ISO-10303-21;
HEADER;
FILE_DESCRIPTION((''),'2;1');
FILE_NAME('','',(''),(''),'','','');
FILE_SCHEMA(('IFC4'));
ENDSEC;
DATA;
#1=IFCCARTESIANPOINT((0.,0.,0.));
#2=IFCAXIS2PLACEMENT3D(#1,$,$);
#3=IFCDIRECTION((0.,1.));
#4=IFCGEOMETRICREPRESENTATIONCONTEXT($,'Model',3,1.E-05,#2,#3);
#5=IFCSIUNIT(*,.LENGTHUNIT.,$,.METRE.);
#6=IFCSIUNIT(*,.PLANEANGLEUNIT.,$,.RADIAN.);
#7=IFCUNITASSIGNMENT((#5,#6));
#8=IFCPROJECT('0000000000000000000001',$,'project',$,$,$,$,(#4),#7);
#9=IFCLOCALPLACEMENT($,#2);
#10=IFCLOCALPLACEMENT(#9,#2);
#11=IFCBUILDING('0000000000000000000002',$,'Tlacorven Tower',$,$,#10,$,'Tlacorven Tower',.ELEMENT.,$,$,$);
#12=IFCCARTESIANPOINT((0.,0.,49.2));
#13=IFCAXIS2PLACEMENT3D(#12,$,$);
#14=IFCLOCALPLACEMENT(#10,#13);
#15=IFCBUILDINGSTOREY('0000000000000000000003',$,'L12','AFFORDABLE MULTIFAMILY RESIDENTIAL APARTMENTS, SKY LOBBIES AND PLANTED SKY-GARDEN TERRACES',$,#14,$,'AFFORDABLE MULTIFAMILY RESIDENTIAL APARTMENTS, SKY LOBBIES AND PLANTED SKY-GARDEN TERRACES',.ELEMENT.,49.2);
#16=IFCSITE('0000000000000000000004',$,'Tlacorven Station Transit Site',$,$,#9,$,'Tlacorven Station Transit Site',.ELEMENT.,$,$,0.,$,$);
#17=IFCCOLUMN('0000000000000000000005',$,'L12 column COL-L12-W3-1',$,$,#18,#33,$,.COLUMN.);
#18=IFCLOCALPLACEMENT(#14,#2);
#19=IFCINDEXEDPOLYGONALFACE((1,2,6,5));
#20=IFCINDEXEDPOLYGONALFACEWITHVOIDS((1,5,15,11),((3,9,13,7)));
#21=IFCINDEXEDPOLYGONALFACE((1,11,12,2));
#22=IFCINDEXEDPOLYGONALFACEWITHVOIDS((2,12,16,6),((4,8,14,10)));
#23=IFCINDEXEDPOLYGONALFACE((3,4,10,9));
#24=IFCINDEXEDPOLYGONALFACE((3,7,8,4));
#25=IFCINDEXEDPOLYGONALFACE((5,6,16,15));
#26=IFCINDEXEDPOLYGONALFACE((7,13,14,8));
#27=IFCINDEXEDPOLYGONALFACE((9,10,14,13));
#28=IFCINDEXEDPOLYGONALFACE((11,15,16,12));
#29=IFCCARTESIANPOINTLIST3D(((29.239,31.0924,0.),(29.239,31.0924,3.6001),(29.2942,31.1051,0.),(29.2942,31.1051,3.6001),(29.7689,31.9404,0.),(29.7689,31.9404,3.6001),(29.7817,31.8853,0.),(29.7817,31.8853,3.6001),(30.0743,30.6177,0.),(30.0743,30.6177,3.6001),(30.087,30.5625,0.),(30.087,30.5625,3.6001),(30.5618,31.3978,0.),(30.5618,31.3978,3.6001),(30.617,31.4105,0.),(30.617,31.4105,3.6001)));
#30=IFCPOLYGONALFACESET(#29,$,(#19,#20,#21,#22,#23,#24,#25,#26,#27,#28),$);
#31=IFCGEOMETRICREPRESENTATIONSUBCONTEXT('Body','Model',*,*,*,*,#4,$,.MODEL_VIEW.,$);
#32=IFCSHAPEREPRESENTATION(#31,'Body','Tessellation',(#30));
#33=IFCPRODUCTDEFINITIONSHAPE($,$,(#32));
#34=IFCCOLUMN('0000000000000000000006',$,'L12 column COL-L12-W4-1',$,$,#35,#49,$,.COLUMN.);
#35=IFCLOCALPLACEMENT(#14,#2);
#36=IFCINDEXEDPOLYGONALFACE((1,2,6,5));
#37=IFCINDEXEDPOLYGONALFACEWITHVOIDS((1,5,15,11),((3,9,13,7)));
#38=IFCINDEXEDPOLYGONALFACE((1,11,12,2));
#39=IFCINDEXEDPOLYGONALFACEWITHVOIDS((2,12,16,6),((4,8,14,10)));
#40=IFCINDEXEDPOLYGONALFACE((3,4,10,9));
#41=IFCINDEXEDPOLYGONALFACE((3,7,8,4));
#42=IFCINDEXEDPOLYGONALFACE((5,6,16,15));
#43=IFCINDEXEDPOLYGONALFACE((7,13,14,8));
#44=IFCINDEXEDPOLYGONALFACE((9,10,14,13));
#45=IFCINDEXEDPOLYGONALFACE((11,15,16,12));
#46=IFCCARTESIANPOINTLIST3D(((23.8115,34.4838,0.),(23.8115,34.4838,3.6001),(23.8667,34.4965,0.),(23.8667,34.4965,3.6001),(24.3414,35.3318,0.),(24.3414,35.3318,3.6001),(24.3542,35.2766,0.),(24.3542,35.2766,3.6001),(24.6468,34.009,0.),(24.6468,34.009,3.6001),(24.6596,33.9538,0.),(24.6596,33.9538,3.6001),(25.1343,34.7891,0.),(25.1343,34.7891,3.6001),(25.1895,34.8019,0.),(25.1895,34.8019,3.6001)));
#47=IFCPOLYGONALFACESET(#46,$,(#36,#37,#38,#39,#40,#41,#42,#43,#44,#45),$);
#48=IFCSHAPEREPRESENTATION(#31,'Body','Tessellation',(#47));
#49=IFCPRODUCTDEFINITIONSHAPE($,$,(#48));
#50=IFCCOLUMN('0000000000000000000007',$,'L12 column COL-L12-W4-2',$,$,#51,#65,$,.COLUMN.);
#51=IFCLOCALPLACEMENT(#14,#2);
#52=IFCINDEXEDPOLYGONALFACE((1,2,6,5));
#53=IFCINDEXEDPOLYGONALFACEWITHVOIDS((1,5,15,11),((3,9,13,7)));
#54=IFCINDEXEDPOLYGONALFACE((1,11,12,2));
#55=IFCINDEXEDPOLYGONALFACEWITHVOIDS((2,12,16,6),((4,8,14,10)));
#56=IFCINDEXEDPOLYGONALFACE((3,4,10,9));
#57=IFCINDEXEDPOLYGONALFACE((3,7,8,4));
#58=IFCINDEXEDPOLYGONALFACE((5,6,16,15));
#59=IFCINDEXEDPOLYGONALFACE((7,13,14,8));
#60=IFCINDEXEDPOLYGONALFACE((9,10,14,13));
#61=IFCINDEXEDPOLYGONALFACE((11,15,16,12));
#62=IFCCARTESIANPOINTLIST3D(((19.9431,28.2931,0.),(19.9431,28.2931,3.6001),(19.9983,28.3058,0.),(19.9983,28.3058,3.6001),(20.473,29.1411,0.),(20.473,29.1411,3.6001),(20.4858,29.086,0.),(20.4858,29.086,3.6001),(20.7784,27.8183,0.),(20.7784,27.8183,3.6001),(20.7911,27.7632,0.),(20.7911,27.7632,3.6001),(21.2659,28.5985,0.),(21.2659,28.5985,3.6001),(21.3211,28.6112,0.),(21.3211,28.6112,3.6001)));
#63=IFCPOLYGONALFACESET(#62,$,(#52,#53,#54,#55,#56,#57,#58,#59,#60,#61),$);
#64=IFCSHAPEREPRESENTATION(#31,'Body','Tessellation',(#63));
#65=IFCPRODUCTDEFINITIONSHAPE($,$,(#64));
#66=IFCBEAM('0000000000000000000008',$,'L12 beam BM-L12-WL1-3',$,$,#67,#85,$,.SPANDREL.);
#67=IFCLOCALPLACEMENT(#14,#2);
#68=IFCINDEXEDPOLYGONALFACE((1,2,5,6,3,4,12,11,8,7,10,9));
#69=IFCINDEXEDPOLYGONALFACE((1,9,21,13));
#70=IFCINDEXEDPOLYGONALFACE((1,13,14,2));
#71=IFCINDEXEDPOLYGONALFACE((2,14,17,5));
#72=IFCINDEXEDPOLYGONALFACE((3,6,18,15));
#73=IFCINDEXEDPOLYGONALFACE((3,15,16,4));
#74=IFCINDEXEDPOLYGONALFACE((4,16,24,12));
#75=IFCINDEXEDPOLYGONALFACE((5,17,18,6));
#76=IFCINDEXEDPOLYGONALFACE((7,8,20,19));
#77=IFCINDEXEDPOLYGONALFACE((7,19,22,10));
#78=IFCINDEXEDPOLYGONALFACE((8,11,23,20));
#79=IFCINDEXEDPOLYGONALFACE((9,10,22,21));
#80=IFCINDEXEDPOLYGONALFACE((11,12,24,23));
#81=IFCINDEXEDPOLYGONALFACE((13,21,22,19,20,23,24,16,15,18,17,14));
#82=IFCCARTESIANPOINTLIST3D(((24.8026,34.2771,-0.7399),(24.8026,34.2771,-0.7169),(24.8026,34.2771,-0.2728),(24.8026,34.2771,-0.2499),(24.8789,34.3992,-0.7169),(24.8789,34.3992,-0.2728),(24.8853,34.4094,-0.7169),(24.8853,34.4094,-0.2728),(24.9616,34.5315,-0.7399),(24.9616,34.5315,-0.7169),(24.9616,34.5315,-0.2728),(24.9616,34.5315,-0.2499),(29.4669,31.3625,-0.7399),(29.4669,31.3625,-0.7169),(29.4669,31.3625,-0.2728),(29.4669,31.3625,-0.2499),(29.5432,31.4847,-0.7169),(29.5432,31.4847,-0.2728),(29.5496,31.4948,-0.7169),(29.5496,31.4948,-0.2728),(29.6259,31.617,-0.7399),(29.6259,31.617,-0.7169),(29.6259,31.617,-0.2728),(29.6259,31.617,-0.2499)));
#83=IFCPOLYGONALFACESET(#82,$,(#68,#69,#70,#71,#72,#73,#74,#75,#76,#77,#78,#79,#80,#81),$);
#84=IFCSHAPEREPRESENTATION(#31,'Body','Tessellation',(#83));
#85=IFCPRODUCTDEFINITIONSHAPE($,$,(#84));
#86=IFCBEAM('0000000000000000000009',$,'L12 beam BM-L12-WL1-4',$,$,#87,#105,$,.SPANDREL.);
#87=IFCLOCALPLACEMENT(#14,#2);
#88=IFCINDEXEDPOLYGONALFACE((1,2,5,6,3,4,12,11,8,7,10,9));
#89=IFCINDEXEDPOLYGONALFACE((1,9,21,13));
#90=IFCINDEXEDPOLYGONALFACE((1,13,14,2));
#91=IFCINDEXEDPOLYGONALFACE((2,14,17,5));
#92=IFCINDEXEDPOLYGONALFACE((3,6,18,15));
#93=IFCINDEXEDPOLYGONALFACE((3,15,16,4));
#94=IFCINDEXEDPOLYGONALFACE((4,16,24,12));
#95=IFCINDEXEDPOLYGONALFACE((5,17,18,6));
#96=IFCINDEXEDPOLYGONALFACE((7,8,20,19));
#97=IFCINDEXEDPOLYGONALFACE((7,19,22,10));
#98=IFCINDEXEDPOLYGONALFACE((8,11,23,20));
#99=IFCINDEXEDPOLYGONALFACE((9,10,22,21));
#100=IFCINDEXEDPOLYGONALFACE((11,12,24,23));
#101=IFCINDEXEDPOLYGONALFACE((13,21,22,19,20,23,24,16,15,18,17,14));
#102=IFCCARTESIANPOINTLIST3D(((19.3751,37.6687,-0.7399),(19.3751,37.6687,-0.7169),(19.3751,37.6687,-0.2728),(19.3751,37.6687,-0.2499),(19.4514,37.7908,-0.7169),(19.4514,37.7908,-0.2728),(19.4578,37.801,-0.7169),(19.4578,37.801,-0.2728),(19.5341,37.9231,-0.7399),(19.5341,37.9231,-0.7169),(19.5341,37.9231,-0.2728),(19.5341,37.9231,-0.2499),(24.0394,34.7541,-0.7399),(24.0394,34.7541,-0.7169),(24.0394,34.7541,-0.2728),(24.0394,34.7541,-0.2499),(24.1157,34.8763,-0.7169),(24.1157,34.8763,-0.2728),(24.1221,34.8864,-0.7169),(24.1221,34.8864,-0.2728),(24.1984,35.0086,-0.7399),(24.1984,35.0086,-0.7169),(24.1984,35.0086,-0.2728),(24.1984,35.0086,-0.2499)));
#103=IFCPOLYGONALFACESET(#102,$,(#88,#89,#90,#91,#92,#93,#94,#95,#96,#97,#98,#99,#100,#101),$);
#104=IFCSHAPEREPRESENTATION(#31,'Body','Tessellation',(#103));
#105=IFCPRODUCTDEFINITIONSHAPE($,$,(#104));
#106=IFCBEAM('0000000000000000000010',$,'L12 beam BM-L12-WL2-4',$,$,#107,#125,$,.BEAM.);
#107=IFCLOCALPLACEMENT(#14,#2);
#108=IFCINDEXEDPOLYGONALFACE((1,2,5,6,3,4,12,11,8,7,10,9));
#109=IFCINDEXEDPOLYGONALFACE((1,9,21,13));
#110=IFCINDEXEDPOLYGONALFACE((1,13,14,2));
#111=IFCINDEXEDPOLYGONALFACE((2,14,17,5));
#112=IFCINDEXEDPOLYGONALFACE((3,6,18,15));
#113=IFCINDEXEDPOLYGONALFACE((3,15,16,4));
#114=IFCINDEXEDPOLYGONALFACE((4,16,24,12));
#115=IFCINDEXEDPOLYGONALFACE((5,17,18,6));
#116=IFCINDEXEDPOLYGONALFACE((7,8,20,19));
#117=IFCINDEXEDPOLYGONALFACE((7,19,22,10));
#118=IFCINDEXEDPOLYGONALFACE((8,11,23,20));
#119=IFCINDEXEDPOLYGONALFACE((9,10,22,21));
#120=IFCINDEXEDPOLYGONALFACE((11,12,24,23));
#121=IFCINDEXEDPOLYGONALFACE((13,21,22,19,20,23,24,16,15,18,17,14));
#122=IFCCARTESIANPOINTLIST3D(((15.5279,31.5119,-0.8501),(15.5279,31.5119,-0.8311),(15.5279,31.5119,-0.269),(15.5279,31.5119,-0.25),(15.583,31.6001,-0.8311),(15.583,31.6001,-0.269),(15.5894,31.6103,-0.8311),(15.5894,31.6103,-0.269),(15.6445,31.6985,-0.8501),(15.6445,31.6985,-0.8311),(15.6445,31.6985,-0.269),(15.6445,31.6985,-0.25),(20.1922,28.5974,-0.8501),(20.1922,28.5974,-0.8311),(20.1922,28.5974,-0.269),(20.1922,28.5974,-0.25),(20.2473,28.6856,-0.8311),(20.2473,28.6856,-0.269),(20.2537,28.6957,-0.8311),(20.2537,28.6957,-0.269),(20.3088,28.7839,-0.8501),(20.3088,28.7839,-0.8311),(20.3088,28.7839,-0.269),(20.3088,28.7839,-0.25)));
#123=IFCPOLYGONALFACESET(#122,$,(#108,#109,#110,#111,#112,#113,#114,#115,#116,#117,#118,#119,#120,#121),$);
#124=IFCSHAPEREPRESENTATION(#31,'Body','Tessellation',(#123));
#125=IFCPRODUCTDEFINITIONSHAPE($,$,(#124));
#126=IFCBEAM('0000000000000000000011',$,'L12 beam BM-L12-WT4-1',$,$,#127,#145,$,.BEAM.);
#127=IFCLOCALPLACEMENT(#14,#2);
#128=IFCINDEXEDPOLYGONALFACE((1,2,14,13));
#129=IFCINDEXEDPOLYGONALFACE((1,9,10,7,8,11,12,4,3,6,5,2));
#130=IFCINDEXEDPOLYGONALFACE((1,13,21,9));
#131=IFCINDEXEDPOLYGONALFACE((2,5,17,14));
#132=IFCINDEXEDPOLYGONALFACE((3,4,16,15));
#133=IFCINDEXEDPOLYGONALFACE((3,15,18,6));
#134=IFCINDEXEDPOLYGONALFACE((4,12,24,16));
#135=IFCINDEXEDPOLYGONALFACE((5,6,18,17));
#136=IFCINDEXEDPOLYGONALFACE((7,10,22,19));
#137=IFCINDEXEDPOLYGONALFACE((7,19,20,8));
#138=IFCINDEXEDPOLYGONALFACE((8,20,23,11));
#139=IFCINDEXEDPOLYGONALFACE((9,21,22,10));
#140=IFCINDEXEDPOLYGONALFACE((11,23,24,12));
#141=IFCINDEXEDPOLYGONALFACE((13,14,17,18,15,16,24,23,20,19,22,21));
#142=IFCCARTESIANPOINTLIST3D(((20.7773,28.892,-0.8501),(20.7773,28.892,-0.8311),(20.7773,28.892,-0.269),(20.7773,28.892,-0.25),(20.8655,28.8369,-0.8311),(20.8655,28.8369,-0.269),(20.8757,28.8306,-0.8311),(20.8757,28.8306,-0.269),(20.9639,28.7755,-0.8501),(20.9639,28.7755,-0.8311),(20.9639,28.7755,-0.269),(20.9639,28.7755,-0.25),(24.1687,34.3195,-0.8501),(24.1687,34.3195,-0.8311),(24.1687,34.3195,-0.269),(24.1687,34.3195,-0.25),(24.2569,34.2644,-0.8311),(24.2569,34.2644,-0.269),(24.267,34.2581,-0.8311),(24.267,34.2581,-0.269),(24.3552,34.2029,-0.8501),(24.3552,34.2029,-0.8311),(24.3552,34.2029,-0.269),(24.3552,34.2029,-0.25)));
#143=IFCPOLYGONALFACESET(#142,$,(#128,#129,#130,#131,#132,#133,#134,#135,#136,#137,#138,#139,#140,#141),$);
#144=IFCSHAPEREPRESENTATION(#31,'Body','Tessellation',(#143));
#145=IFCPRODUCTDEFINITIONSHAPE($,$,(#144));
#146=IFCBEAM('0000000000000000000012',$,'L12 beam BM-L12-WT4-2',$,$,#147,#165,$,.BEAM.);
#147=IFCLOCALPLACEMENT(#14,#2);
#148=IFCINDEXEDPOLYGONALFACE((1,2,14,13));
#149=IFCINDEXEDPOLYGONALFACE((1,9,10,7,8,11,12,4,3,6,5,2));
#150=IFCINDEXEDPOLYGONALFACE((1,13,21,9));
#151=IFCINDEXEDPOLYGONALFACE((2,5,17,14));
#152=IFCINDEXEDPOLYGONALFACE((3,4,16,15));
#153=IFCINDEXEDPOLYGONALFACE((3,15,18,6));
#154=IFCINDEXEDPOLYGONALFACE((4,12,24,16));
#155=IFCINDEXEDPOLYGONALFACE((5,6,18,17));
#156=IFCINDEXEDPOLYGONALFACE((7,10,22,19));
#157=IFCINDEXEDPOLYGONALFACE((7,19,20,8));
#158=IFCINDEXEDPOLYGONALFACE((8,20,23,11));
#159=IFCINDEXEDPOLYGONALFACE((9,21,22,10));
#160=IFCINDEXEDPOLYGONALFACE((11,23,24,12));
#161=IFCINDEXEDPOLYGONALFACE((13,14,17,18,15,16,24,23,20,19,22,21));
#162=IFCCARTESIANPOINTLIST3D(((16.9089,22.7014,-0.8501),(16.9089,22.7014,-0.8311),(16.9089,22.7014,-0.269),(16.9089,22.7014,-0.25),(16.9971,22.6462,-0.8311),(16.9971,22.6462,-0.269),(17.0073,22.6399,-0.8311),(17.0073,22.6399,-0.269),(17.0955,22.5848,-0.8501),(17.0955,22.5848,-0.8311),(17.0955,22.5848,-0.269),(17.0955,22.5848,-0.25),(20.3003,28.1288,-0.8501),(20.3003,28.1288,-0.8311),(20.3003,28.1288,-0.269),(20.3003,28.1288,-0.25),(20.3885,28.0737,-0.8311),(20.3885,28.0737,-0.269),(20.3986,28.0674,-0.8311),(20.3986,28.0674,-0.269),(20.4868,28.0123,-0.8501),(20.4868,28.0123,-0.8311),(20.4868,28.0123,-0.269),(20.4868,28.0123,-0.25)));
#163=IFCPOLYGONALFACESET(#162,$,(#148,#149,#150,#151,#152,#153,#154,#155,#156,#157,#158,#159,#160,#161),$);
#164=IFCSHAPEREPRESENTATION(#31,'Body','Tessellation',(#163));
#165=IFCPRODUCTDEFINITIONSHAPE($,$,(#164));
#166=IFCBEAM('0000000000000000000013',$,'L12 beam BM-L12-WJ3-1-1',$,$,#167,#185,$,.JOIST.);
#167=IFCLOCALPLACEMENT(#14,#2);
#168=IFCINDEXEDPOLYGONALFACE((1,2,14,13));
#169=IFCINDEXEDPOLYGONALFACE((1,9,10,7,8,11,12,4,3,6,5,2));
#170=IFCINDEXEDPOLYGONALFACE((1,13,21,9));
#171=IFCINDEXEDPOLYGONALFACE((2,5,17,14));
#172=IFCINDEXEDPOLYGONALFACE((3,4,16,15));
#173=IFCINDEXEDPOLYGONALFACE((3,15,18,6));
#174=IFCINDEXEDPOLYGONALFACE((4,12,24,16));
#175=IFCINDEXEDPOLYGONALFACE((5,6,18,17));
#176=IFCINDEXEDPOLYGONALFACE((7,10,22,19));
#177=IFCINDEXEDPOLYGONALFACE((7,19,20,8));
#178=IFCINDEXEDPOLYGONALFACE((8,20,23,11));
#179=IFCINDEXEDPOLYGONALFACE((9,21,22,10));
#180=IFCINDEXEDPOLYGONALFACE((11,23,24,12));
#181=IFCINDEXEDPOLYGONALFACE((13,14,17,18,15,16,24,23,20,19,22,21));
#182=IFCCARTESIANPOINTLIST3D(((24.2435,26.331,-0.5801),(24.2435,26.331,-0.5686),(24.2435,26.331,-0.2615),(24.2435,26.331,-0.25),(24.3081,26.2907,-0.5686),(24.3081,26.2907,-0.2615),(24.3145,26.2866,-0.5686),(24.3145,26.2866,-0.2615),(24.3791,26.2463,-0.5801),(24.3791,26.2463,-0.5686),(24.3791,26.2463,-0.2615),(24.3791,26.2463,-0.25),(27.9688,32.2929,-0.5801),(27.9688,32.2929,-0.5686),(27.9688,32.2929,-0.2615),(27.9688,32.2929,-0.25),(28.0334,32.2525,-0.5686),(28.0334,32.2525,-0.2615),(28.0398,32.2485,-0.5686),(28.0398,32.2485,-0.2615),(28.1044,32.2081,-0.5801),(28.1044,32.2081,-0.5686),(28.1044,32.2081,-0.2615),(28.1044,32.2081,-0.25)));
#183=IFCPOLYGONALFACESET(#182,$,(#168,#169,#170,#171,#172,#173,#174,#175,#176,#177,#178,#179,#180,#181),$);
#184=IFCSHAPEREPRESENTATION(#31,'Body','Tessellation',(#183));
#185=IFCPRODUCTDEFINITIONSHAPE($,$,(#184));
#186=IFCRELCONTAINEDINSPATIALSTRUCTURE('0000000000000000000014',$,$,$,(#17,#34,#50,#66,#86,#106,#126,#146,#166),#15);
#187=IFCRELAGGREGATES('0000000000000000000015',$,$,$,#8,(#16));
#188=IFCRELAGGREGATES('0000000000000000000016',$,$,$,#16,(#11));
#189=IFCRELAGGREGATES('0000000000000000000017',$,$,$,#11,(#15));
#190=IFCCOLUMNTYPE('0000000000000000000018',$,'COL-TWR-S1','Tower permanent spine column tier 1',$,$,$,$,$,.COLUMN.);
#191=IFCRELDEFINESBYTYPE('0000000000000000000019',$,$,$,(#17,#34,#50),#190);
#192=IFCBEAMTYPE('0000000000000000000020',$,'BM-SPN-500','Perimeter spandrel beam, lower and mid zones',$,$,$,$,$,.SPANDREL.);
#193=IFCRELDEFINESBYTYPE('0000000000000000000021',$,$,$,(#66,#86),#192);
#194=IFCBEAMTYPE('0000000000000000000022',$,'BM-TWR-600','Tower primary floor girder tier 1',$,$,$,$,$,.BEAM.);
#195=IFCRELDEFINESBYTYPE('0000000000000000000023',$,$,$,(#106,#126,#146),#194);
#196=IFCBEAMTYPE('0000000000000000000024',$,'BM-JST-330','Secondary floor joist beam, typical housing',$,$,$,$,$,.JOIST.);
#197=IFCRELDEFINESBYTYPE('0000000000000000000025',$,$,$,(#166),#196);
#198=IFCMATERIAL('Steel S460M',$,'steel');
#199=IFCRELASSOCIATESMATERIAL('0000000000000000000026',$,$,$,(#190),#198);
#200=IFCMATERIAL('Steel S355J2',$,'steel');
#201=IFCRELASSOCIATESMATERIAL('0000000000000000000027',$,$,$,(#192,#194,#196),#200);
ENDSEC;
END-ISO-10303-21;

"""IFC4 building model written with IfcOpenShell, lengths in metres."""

from ifc_helpers import new_model, si_unit, direction, frame, origin, origin_2d, place, context, subcontext, project, spatial, hollow_rectangle, i_section, extrude, source, transform, mapped, material, material_profile, profile_set, type_object, element, save


model = new_model("IFC4")

# Units and contexts
model_context = context("Model", 3, precision=1e-05, world=origin(), true_north=direction((0.0, 1.0)))
body_context = subcontext(model_context, "Body", "Model", "MODEL_VIEW")
ifc_project = project(units=[si_unit("LENGTHUNIT", "METRE"), si_unit("PLANEANGLEUNIT", "RADIAN")], contexts=[model_context])

# Site, building, storey
site_placement = place(None, origin())
site = spatial("IfcSite", under=ifc_project, at=site_placement, Name="Tlacorven Station Transit Site", LongName="Tlacorven Station Transit Site", CompositionType="ELEMENT", RefElevation=0.0)
building_placement = place(site_placement, origin())
building = spatial("IfcBuilding", under=site, at=building_placement, Name="Tlacorven Tower", LongName="Tlacorven Tower", CompositionType="ELEMENT")
storey_placement = place(building_placement, frame((0.0, 0.0, 49.2)))
storey = spatial("IfcBuildingStorey", under=building, at=storey_placement, Name="L12", Description="AFFORDABLE MULTIFAMILY RESIDENTIAL APARTMENTS, SKY LOBBIES AND PLANTED SKY-GARDEN TERRACES", LongName="AFFORDABLE MULTIFAMILY RESIDENTIAL APARTMENTS, SKY LOBBIES AND PLANTED SKY-GARDEN TERRACES", CompositionType="ELEMENT", Elevation=49.2)

# Columns
ifc_material_1 = material(Name="Steel S460M", Category="steel")
ifc_material_profile_1 = material_profile(ifc_material_1, hollow_rectangle(XDim=1.0, YDim=1.0, WallThickness=0.04, at=origin_2d()), Name="BOX 1000X1000X40")
ifc_profile_set_1 = profile_set([ifc_material_profile_1], Name="Steel S460M")
column_type = type_object("IfcColumnType", Name="COL-TWR-S1", Description="Tower permanent spine column tier 1", PredefinedType="COLUMN", material=ifc_profile_set_1)
shared_shape_1 = source(origin(), body_context, "Body", "SweptSolid", [
    extrude(hollow_rectangle(XDim=1.0, YDim=1.0, WallThickness=0.04, at=origin_2d()), origin(), (0.0, 0.0, 1.0), 3.6001),
])
for number, where, z_axis, x_axis, name in (
    (1, (29.928, 31.2515, 0.0), (0.0, 0.0, 1.0), (-0.848048, 0.529919, 0.0), "L12 column COL-L12-W3-1"),
    (2, (24.5005, 34.6428, 0.0), (0.0, 0.0, 1.0), (-0.848048, 0.529919, 0.0), "L12 column COL-L12-W4-1"),
    (3, (20.6321, 28.4521, 0.0), (0.0, 0.0, 1.0), (-0.848048, 0.529919, 0.0), "L12 column COL-L12-W4-2"),
):
    element("IfcColumn", number, at=place(storey_placement, frame(where, z_axis=z_axis, x_axis=x_axis)), inside=storey, type_object=column_type, Name=name, PredefinedType="COLUMN", context=body_context, shape_type="MappedRepresentation", body=[
        mapped(shared_shape_1, transform((0.0, 0.0, 0.0), scale=1.0)),
    ])

# Beams
ifc_material_2 = material(Name="Steel S355J2", Category="steel")
ifc_material_profile_2 = material_profile(ifc_material_2, i_section(OverallWidth=0.3, OverallDepth=0.49, WebThickness=0.012, FlangeThickness=0.0229, at=origin_2d()), Name="HEA 500")
ifc_profile_set_2 = profile_set([ifc_material_profile_2], Name="Steel S355J2")
beam_type_1 = type_object("IfcBeamType", Name="BM-SPN-500", Description="Perimeter spandrel beam, lower and mid zones", PredefinedType="SPANDREL", material=ifc_profile_set_2)
shared_shape_2 = source(origin(), body_context, "Body", "SweptSolid", [
    extrude(i_section(OverallWidth=0.3, OverallDepth=0.49, WebThickness=0.012, FlangeThickness=0.0229, at=origin_2d()), origin(), (0.0, 0.0, 1.0), 5.5),
])
for number, where, z_axis, x_axis, name in (
    (4, (29.5464, 31.4897, -0.4949), (-0.848051, 0.529915, 0.0), (-0.529915, -0.848051, 0.0), "L12 beam BM-L12-WL1-3"),
    (5, (24.1189, 34.8813, -0.4949), (-0.848051, 0.529915, 0.0), (-0.529915, -0.848051, 0.0), "L12 beam BM-L12-WL1-4"),
):
    element("IfcBeam", number, at=place(storey_placement, frame(where, z_axis=z_axis, x_axis=x_axis)), inside=storey, type_object=beam_type_1, Name=name, PredefinedType="SPANDREL", context=body_context, shape_type="MappedRepresentation", body=[
        mapped(shared_shape_2, transform((0.0, 0.0, 0.0), scale=1.0)),
    ])
ifc_material_profile_3 = material_profile(ifc_material_2, i_section(OverallWidth=0.22, OverallDepth=0.6001, WebThickness=0.012, FlangeThickness=0.019, at=origin_2d()), Name="IPE 600")
ifc_profile_set_3 = profile_set([ifc_material_profile_3], Name="Steel S355J2")
beam_type_2 = type_object("IfcBeamType", Name="BM-TWR-600", Description="Tower primary floor girder tier 1", PredefinedType="BEAM", material=ifc_profile_set_3)
shared_shape_3 = source(origin(), body_context, "Body", "SweptSolid", [
    extrude(i_section(OverallWidth=0.22, OverallDepth=0.6001, WebThickness=0.012, FlangeThickness=0.019, at=origin_2d()), origin(), (0.0, 0.0, 1.0), 5.5),
])
beam_placement = place(storey_placement, frame((20.2505, 28.6907, -0.55), z_axis=(-0.848051, 0.529915, 0.0), x_axis=(-0.529915, -0.848051, 0.0)))
element("IfcBeam", 6, at=beam_placement, inside=storey, type_object=beam_type_2, Name="L12 beam BM-L12-WL2-4", PredefinedType="BEAM", context=body_context, shape_type="MappedRepresentation", body=[
    mapped(shared_shape_3, transform((0.0, 0.0, 0.0), scale=1.0)),
])
shared_shape_4 = source(origin(), body_context, "Body", "SweptSolid", [
    extrude(i_section(OverallWidth=0.22, OverallDepth=0.6001, WebThickness=0.012, FlangeThickness=0.019, at=origin_2d()), origin(), (0.0, 0.0, 1.0), 6.3999),
])
for number, where, z_axis, x_axis, name in (
    (7, (24.262, 34.2612, -0.55), (-0.529906, -0.848056, 0.0), (0.848056, -0.529906, 0.0), "L12 beam BM-L12-WT4-1"),
    (8, (20.3936, 28.0706, -0.55), (-0.529906, -0.848056, 0.0), (0.848056, -0.529906, 0.0), "L12 beam BM-L12-WT4-2"),
):
    element("IfcBeam", number, at=place(storey_placement, frame(where, z_axis=z_axis, x_axis=x_axis)), inside=storey, type_object=beam_type_2, Name=name, PredefinedType="BEAM", context=body_context, shape_type="MappedRepresentation", body=[
        mapped(shared_shape_4, transform((0.0, 0.0, 0.0), scale=1.0)),
    ])
ifc_material_profile_4 = material_profile(ifc_material_2, i_section(OverallWidth=0.1599, OverallDepth=0.3301, WebThickness=0.0076, FlangeThickness=0.0115, at=origin_2d()), Name="IPE 330")
ifc_profile_set_4 = profile_set([ifc_material_profile_4], Name="Steel S355J2")
beam_type_3 = type_object("IfcBeamType", Name="BM-JST-330", Description="Secondary floor joist beam, typical housing", PredefinedType="JOIST", material=ifc_profile_set_4)
shared_shape_5 = source(origin(), body_context, "Body", "SweptSolid", [
    extrude(i_section(OverallWidth=0.1599, OverallDepth=0.3301, WebThickness=0.0076, FlangeThickness=0.0115, at=origin_2d()), origin(), (0.0, 0.0, 1.0), 7.03),
])
for number, where, z_axis, x_axis, name in (
    (9, (28.0366, 32.2505, -0.415), (-0.529912, -0.848053, 0.0), (0.848053, -0.529912, 0.0), "L12 beam BM-L12-WJ3-1-1"),
):
    element("IfcBeam", number, at=place(storey_placement, frame(where, z_axis=z_axis, x_axis=x_axis)), inside=storey, type_object=beam_type_3, Name=name, PredefinedType="JOIST", context=body_context, shape_type="MappedRepresentation", body=[
        mapped(shared_shape_5, transform((0.0, 0.0, 0.0), scale=1.0)),
    ])

save(model, "model.ifc")
